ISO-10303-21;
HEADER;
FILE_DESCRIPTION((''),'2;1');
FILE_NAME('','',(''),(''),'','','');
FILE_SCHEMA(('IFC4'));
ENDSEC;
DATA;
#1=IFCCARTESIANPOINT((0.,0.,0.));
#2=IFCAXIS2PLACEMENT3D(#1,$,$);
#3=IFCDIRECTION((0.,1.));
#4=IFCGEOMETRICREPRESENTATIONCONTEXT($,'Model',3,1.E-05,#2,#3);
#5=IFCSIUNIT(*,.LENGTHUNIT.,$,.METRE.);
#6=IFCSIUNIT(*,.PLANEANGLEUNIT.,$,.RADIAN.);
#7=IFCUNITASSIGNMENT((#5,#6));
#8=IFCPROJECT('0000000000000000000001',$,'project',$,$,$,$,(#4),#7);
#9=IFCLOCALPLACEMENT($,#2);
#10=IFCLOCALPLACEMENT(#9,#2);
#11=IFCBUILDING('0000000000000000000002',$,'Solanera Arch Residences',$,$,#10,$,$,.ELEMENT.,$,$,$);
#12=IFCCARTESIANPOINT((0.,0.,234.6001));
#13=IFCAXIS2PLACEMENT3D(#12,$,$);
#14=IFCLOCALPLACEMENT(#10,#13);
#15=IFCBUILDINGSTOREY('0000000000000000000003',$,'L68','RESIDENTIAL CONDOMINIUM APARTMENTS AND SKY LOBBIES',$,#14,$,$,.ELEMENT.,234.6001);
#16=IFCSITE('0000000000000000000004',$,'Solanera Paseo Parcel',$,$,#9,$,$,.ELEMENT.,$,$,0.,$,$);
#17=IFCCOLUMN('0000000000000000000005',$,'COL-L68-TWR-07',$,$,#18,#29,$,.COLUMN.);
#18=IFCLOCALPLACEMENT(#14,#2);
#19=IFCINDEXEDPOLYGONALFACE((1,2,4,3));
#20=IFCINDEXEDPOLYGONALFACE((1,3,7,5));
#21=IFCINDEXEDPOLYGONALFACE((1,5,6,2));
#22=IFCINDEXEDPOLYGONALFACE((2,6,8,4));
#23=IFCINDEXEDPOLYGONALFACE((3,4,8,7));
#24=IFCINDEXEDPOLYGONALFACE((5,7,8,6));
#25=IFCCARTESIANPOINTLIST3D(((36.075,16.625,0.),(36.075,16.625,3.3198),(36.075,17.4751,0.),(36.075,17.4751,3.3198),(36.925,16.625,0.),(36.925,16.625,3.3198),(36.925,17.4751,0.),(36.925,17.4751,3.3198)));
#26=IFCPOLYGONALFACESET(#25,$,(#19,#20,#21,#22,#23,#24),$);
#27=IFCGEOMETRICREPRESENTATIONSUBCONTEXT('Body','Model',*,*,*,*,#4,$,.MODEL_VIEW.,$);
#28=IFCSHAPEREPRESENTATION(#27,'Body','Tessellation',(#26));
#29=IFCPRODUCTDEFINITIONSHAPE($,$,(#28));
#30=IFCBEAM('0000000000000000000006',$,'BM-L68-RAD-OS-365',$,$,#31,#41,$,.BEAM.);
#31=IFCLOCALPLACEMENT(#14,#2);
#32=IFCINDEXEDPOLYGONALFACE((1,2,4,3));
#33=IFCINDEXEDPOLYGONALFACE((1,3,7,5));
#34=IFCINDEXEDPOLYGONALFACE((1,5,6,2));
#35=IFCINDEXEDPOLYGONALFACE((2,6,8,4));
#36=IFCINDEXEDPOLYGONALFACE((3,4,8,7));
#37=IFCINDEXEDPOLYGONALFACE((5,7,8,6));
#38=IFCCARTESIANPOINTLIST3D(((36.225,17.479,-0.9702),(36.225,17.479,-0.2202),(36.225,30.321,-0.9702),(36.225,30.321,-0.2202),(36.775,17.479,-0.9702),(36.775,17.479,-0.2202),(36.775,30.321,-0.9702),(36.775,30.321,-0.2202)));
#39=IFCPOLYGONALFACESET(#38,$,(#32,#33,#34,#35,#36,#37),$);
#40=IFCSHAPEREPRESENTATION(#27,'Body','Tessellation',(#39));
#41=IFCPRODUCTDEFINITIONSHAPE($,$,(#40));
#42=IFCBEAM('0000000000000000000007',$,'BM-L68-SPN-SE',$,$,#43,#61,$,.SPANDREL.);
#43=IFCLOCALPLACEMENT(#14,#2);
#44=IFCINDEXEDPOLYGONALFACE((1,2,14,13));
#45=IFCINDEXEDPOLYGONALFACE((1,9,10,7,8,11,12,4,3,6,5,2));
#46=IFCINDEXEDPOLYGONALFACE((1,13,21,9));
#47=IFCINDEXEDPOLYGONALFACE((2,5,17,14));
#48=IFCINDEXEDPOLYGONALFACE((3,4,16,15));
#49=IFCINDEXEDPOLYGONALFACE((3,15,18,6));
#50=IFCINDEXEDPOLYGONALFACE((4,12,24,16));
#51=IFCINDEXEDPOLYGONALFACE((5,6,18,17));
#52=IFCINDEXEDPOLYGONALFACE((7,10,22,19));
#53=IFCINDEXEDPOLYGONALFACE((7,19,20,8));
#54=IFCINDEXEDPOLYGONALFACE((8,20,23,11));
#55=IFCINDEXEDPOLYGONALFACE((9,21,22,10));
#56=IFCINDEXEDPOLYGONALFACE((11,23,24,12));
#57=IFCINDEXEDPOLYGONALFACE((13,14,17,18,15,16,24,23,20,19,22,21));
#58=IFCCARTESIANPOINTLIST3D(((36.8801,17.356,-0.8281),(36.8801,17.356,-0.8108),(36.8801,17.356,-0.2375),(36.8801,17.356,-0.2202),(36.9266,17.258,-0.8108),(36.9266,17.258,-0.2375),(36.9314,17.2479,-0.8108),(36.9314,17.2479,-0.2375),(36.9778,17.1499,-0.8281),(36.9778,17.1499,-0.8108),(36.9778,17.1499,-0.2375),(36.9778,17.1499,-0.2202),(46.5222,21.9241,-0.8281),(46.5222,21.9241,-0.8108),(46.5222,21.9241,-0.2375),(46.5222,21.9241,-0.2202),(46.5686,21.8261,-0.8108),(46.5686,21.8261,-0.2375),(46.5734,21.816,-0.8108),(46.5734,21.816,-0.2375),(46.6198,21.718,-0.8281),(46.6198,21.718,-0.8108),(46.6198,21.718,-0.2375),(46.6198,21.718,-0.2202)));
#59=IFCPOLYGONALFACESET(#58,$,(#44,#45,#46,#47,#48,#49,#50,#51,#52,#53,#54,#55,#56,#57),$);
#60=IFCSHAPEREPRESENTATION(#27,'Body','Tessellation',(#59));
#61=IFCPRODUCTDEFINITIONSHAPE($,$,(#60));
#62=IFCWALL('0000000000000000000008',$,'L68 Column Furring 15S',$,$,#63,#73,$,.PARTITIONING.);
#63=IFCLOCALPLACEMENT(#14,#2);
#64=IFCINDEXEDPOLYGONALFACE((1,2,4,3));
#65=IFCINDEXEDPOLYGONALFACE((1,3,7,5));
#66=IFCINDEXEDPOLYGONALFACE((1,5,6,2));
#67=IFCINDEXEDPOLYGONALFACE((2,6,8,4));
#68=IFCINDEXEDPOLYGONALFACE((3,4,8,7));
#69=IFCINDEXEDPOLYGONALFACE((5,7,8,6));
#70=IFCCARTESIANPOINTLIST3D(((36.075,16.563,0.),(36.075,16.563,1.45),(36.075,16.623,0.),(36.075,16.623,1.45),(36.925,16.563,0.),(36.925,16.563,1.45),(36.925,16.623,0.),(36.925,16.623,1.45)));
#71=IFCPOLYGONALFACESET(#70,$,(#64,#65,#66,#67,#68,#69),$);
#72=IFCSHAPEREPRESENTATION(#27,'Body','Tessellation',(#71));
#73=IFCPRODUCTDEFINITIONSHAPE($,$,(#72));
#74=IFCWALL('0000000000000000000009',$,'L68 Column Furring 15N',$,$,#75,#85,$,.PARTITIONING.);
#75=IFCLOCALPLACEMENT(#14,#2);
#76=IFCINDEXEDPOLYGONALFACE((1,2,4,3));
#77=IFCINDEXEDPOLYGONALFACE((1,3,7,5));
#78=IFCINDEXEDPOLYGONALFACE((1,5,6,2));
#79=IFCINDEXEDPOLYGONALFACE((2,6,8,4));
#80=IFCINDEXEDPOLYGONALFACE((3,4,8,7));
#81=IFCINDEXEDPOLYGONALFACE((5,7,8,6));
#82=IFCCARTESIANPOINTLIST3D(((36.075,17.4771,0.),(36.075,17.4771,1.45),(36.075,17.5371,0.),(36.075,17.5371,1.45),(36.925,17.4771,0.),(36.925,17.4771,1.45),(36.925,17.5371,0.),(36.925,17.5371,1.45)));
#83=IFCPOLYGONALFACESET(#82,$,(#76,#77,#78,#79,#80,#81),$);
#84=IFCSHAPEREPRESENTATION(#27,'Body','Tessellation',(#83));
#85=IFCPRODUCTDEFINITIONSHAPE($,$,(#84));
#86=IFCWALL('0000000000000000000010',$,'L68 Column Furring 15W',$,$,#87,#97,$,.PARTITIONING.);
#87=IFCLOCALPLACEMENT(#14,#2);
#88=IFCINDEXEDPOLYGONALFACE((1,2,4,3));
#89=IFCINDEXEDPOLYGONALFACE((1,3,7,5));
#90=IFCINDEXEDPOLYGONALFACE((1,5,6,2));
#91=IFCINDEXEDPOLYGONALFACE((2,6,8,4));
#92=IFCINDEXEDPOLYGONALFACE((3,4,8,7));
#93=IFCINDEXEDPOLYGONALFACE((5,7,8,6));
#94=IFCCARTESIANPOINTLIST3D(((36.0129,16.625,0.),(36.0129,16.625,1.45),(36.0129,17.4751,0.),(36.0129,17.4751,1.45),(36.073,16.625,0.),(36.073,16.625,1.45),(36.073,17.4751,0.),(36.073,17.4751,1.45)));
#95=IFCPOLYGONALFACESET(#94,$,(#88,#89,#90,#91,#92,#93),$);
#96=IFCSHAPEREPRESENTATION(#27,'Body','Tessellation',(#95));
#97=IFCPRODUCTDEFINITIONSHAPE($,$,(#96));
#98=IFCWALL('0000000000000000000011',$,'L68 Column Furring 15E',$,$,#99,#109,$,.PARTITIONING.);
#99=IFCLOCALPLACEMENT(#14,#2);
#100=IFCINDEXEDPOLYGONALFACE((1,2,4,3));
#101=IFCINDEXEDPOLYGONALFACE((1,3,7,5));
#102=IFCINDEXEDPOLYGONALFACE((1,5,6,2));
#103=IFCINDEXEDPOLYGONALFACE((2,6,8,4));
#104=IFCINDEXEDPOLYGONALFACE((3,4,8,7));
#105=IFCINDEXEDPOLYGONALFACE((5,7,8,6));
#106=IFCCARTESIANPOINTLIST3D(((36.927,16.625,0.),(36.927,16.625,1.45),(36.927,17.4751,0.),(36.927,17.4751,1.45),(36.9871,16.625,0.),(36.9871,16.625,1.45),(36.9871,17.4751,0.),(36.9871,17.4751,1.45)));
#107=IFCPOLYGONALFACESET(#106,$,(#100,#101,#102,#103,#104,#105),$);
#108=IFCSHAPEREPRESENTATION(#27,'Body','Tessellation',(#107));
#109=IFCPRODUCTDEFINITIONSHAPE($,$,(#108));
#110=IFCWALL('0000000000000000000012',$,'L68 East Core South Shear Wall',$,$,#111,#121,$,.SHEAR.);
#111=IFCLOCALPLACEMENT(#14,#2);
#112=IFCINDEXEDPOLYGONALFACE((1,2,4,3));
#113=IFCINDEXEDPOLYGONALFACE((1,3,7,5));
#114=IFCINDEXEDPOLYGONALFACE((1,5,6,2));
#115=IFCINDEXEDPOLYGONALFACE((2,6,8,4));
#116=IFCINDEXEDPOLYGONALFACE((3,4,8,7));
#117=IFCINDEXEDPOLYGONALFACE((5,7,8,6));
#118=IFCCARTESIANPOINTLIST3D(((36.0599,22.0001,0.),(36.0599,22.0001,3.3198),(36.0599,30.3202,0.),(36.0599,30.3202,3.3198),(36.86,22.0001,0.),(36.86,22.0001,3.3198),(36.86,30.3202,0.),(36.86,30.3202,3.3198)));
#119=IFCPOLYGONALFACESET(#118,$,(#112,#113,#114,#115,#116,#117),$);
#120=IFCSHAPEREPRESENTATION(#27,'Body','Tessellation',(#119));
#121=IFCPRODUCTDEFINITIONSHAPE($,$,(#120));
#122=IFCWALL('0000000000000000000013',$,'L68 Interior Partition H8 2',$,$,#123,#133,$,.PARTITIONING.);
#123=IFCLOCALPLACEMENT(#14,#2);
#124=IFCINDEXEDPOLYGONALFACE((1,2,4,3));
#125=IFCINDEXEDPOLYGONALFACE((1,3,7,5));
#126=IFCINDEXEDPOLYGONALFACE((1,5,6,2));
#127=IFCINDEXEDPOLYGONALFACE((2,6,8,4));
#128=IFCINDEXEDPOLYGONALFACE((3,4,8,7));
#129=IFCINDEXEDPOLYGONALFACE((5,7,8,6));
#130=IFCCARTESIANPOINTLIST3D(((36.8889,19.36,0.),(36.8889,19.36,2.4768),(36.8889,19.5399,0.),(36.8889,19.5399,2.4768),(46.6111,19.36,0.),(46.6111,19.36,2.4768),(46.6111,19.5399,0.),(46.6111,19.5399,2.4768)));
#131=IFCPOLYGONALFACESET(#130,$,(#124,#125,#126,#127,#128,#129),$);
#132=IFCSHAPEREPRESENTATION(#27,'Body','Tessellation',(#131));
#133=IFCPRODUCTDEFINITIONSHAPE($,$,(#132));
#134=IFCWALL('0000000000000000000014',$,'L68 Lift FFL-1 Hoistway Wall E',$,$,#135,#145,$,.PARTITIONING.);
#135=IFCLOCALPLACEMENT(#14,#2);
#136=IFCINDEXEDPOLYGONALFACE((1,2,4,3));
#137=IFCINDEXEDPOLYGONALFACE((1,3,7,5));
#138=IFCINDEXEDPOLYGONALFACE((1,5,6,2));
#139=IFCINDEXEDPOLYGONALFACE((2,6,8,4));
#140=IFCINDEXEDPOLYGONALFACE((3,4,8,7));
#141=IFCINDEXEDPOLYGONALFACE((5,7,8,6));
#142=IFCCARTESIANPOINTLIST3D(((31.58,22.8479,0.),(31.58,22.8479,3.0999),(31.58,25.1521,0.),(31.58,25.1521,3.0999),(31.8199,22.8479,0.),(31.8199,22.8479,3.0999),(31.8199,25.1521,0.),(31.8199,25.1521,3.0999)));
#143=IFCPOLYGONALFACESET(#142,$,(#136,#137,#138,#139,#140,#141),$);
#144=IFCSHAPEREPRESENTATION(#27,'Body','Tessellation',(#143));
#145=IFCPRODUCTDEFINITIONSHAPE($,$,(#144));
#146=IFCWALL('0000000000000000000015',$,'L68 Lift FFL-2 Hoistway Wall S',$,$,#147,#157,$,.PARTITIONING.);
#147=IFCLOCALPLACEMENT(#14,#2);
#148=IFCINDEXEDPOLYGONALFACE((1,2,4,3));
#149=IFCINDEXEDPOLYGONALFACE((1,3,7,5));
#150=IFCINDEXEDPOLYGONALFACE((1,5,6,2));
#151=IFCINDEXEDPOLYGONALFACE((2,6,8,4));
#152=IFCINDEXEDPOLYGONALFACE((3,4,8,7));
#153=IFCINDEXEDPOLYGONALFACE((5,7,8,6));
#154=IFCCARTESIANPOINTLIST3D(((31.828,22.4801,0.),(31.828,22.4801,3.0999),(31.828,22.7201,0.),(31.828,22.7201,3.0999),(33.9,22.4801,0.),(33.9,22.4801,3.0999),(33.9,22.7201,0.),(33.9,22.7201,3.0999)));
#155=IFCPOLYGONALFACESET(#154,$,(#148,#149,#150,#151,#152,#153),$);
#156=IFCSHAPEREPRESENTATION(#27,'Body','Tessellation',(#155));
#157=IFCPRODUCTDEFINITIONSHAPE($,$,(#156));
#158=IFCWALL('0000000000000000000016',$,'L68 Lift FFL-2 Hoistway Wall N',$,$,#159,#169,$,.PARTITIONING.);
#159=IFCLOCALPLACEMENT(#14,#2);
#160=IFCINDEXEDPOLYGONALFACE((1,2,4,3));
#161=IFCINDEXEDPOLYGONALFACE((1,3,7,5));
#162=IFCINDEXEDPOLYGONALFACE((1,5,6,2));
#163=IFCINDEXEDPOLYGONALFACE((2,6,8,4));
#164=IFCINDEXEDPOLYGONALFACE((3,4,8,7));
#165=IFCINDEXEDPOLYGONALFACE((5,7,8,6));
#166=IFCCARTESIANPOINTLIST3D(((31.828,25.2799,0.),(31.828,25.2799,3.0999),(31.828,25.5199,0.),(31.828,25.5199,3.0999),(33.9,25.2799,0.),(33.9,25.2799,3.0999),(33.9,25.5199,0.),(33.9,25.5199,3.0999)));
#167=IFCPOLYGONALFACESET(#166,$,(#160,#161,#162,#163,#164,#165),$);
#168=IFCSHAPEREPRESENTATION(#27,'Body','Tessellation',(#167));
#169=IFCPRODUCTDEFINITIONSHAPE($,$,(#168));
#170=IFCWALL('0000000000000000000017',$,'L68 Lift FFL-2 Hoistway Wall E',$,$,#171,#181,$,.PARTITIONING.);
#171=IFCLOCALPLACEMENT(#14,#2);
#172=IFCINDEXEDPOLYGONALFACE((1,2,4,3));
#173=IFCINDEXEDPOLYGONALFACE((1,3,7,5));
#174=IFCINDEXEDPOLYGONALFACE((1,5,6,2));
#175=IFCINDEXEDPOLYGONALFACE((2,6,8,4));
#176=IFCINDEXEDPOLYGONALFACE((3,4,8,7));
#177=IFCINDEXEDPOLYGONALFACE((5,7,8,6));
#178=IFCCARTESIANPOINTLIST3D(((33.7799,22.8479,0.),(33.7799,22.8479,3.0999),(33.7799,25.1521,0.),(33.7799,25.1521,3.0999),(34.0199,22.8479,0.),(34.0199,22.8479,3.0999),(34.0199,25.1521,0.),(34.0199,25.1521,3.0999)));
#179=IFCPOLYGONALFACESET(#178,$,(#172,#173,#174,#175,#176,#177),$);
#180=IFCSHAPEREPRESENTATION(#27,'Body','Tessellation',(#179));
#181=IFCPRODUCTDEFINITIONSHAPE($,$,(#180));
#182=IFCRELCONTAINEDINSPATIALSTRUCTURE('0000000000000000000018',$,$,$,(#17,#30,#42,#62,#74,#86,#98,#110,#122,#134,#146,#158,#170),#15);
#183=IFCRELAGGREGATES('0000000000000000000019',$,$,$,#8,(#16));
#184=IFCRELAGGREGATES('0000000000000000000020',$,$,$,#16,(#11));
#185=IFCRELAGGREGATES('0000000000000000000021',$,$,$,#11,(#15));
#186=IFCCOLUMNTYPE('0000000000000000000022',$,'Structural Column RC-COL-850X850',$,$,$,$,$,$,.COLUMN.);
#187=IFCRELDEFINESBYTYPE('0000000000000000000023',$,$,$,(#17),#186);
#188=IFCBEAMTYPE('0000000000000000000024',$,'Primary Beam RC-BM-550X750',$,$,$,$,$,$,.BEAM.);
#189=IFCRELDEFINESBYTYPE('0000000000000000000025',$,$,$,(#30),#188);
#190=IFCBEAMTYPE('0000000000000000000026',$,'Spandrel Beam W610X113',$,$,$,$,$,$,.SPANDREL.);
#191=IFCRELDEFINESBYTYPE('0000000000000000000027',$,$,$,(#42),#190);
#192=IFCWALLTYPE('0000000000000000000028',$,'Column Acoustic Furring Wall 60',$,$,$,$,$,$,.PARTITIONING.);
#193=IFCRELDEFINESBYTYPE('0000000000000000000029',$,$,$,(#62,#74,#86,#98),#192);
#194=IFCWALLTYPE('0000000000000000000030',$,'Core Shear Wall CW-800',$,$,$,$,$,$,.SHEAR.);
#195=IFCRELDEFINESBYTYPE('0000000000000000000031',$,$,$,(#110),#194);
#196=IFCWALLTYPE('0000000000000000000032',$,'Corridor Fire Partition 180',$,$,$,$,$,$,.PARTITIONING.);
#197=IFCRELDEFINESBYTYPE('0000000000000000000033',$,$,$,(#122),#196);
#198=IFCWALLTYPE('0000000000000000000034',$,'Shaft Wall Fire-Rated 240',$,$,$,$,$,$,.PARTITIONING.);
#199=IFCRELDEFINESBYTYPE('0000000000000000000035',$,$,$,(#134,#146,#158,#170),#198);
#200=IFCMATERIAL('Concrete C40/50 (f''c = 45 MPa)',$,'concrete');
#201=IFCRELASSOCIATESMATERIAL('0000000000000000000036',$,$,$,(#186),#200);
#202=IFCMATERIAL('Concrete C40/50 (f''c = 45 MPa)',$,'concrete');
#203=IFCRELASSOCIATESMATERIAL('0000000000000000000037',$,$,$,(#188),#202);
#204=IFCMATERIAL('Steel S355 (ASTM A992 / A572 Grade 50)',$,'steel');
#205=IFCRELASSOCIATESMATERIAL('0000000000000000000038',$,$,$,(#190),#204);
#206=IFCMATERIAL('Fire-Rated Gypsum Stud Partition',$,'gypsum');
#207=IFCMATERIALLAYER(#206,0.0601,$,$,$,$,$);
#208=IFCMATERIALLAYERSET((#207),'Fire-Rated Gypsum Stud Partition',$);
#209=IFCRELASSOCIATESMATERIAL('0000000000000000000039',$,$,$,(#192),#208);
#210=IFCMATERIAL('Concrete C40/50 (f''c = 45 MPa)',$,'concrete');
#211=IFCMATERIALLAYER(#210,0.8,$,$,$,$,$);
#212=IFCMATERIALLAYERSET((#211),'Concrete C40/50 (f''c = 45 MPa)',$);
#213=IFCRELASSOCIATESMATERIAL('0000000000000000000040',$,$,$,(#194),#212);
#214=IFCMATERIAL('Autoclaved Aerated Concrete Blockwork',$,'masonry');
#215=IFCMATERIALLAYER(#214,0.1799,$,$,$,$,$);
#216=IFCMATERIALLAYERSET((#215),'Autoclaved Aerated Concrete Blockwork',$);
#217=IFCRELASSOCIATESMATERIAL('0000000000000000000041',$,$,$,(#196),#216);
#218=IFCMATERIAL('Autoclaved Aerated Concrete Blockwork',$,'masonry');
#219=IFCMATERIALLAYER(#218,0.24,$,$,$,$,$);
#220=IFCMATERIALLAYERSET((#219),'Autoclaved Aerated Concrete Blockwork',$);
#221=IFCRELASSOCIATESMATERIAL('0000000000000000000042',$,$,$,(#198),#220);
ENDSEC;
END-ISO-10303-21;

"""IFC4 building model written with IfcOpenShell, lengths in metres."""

from ifc_helpers import new_model, si_unit, direction, frame, frame_2d, origin, origin_2d, place, context, subcontext, project, spatial, rectangle, i_section, extrude, material, layer, layer_set, material_profile, profile_set, type_object, element, save


model = new_model("IFC4")

# Units and contexts
model_context = context("Model", 3, precision=1e-05, world=origin(), true_north=direction((0.0, 1.0)))
body_context = subcontext(model_context, "Body", "Model", "MODEL_VIEW")
ifc_project = project(units=[si_unit("LENGTHUNIT", "METRE"), si_unit("PLANEANGLEUNIT", "RADIAN")], contexts=[model_context])

# Site, building, storey
site_placement = place(None, origin())
site = spatial("IfcSite", under=ifc_project, at=site_placement, Name="Solanera Paseo Parcel", CompositionType="ELEMENT", RefElevation=0.0)
building_placement = place(site_placement, origin())
building = spatial("IfcBuilding", under=site, at=building_placement, Name="Solanera Arch Residences", CompositionType="ELEMENT")
storey_placement = place(building_placement, frame((0.0, 0.0, 234.6001)))
storey = spatial("IfcBuildingStorey", under=building, at=storey_placement, Name="L68", Description="RESIDENTIAL CONDOMINIUM APARTMENTS AND SKY LOBBIES", CompositionType="ELEMENT", Elevation=234.6001)

# Column
ifc_material_1 = material(Name="Concrete C40/50 (f'c = 45 MPa)", Category="concrete")
ifc_material_profile_1 = material_profile(ifc_material_1, rectangle(XDim=0.8501, YDim=0.8501, at=origin_2d()))
ifc_profile_set_1 = profile_set([ifc_material_profile_1], Name="Concrete C40/50 (f'c = 45 MPa)")
column_type = type_object("IfcColumnType", Name="Structural Column RC-COL-850X850", PredefinedType="COLUMN", material=ifc_profile_set_1)
column_placement = place(storey_placement, frame((36.5, 17.05, 0.0), z_axis=(0.0, 0.0, 1.0), x_axis=(1.0, 0.0, 0.0)))
element("IfcColumn", 1, at=column_placement, inside=storey, type_object=column_type, Name="COL-L68-TWR-07", PredefinedType="COLUMN", context=body_context, shape_type="SweptSolid", body=[
    extrude(rectangle(XDim=0.8501, YDim=0.8501, at=origin_2d()), origin(), (0.0, 0.0, 1.0), 3.3198),
])

# Beams
ifc_material_2 = material(Name="Concrete C40/50 (f'c = 45 MPa)", Category="concrete")
ifc_material_profile_2 = material_profile(ifc_material_2, rectangle(XDim=0.55, YDim=0.75, at=origin_2d()))
ifc_profile_set_2 = profile_set([ifc_material_profile_2], Name="Concrete C40/50 (f'c = 45 MPa)")
beam_type_1 = type_object("IfcBeamType", Name="Primary Beam RC-BM-550X750", PredefinedType="BEAM", material=ifc_profile_set_2)
beam_1_placement = place(storey_placement, frame((36.5, 17.479, -0.5952), z_axis=(0.0, 1.0, 0.0), x_axis=(-1.0, 0.0, 0.0)))
element("IfcBeam", 2, at=beam_1_placement, inside=storey, type_object=beam_type_1, Name="BM-L68-RAD-OS-365", PredefinedType="BEAM", context=body_context, shape_type="SweptSolid", body=[
    extrude(rectangle(XDim=0.55, YDim=0.75, at=origin_2d()), origin(), (0.0, 0.0, 1.0), 12.842),
])
ifc_material_3 = material(Name="Steel S355 (ASTM A992 / A572 Grade 50)", Category="steel")
ifc_material_profile_3 = material_profile(ifc_material_3, i_section(OverallWidth=0.228, OverallDepth=0.6079, WebThickness=0.0112, FlangeThickness=0.0173, at=origin_2d()))
ifc_profile_set_3 = profile_set([ifc_material_profile_3], Name="Steel S355 (ASTM A992 / A572 Grade 50)")
beam_type_2 = type_object("IfcBeamType", Name="Spandrel Beam W610X113", PredefinedType="SPANDREL", material=ifc_profile_set_3)
beam_2_placement = place(storey_placement, frame((36.929, 17.2529, -0.5242), z_axis=(0.903708, 0.428148, 0.0), x_axis=(-0.428148, 0.903708, 0.0)))
element("IfcBeam", 3, at=beam_2_placement, inside=storey, type_object=beam_type_2, Name="BM-L68-SPN-SE", PredefinedType="SPANDREL", context=body_context, shape_type="SweptSolid", body=[
    extrude(i_section(OverallWidth=0.228, OverallDepth=0.6079, WebThickness=0.0112, FlangeThickness=0.0173, at=origin_2d()), origin(), (0.0, 0.0, 1.0), 10.6694),
])

# Walls
ifc_material_4 = material(Name="Fire-Rated Gypsum Stud Partition", Category="gypsum")
ifc_layer_1 = layer(ifc_material_4, 0.0601)
ifc_layer_set_1 = layer_set([ifc_layer_1], Name="Fire-Rated Gypsum Stud Partition")
wall_type_1 = type_object("IfcWallType", Name="Column Acoustic Furring Wall 60", PredefinedType="PARTITIONING", material=ifc_layer_set_1)
for number, where, z_axis, x_axis, name in (
    (4, (36.075, 16.593, 0.0), (0.0, 0.0, 1.0), (1.0, 0.0, 0.0), "L68 Column Furring 15S"),
    (5, (36.075, 17.5071, 0.0), (0.0, 0.0, 1.0), (1.0, 0.0, 0.0), "L68 Column Furring 15N"),
    (6, (36.043, 16.625, 0.0), (0.0, 0.0, 1.0), (0.0, 1.0, 0.0), "L68 Column Furring 15W"),
    (7, (36.957, 16.625, 0.0), (0.0, 0.0, 1.0), (0.0, 1.0, 0.0), "L68 Column Furring 15E"),
):
    element("IfcWall", number, at=place(storey_placement, frame(where, z_axis=z_axis, x_axis=x_axis)), inside=storey, type_object=wall_type_1, Name=name, PredefinedType="PARTITIONING", context=body_context, shape_type="SweptSolid", body=[
        extrude(rectangle(XDim=0.8501, YDim=0.0601, at=frame_2d((0.425, 0.0))), origin(), (0.0, 0.0, 1.0), 1.45),
    ])
ifc_material_5 = material(Name="Concrete C40/50 (f'c = 45 MPa)", Category="concrete")
ifc_layer_2 = layer(ifc_material_5, 0.8)
ifc_layer_set_2 = layer_set([ifc_layer_2], Name="Concrete C40/50 (f'c = 45 MPa)")
wall_type_2 = type_object("IfcWallType", Name="Core Shear Wall CW-800", PredefinedType="SHEAR", material=ifc_layer_set_2)
wall_1_placement = place(storey_placement, frame((36.46, 22.0, 0.0), z_axis=(0.0, 0.0, 1.0), x_axis=(0.0, 1.0, 0.0)))
element("IfcWall", 8, at=wall_1_placement, inside=storey, type_object=wall_type_2, Name="L68 East Core South Shear Wall", PredefinedType="SHEAR", context=body_context, shape_type="SweptSolid", body=[
    extrude(rectangle(XDim=8.3201, YDim=0.8, at=frame_2d((4.1602, 0.0))), origin(), (0.0, 0.0, 1.0), 3.3198),
])
ifc_material_6 = material(Name="Autoclaved Aerated Concrete Blockwork", Category="masonry")
ifc_layer_3 = layer(ifc_material_6, 0.1799)
ifc_layer_set_3 = layer_set([ifc_layer_3], Name="Autoclaved Aerated Concrete Blockwork")
wall_type_3 = type_object("IfcWallType", Name="Corridor Fire Partition 180", PredefinedType="PARTITIONING", material=ifc_layer_set_3)
wall_2_placement = place(storey_placement, frame((36.8889, 19.45, 0.0), z_axis=(0.0, 0.0, 1.0), x_axis=(1.0, 0.0, 0.0)))
element("IfcWall", 9, at=wall_2_placement, inside=storey, type_object=wall_type_3, Name="L68 Interior Partition H8 2", PredefinedType="PARTITIONING", context=body_context, shape_type="SweptSolid", body=[
    extrude(rectangle(XDim=9.7222, YDim=0.1799, at=frame_2d((4.8611, 0.0))), origin(), (0.0, 0.0, 1.0), 2.4768),
])
ifc_material_7 = material(Name="Autoclaved Aerated Concrete Blockwork", Category="masonry")
ifc_layer_4 = layer(ifc_material_7, 0.24)
ifc_layer_set_4 = layer_set([ifc_layer_4], Name="Autoclaved Aerated Concrete Blockwork")
wall_type_4 = type_object("IfcWallType", Name="Shaft Wall Fire-Rated 240", PredefinedType="PARTITIONING", material=ifc_layer_set_4)
wall_3_placement = place(storey_placement, frame((31.7, 22.8479, 0.0), z_axis=(0.0, 0.0, 1.0), x_axis=(0.0, 1.0, 0.0)))
element("IfcWall", 10, at=wall_3_placement, inside=storey, type_object=wall_type_4, Name="L68 Lift FFL-1 Hoistway Wall E", PredefinedType="PARTITIONING", context=body_context, shape_type="SweptSolid", body=[
    extrude(rectangle(XDim=2.3042, YDim=0.24, at=frame_2d((1.1521, 0.0))), origin(), (0.0, 0.0, 1.0), 3.0999),
])
for number, where, z_axis, x_axis, name in (
    (11, (31.8279, 22.6001, 0.0), (0.0, 0.0, 1.0), (1.0, 0.0, 0.0), "L68 Lift FFL-2 Hoistway Wall S"),
    (12, (31.8279, 25.3999, 0.0), (0.0, 0.0, 1.0), (1.0, 0.0, 0.0), "L68 Lift FFL-2 Hoistway Wall N"),
):
    element("IfcWall", number, at=place(storey_placement, frame(where, z_axis=z_axis, x_axis=x_axis)), inside=storey, type_object=wall_type_4, Name=name, PredefinedType="PARTITIONING", context=body_context, shape_type="SweptSolid", body=[
        extrude(rectangle(XDim=2.072, YDim=0.24, at=frame_2d((1.0361, 0.0))), origin(), (0.0, 0.0, 1.0), 3.0999),
    ])
wall_4_placement = place(storey_placement, frame((33.8999, 22.8479, 0.0), z_axis=(0.0, 0.0, 1.0), x_axis=(0.0, 1.0, 0.0)))
element("IfcWall", 13, at=wall_4_placement, inside=storey, type_object=wall_type_4, Name="L68 Lift FFL-2 Hoistway Wall E", PredefinedType="PARTITIONING", context=body_context, shape_type="SweptSolid", body=[
    extrude(rectangle(XDim=2.3042, YDim=0.24, at=frame_2d((1.1521, 0.0))), origin(), (0.0, 0.0, 1.0), 3.0999),
])

save(model, "model.ifc")
